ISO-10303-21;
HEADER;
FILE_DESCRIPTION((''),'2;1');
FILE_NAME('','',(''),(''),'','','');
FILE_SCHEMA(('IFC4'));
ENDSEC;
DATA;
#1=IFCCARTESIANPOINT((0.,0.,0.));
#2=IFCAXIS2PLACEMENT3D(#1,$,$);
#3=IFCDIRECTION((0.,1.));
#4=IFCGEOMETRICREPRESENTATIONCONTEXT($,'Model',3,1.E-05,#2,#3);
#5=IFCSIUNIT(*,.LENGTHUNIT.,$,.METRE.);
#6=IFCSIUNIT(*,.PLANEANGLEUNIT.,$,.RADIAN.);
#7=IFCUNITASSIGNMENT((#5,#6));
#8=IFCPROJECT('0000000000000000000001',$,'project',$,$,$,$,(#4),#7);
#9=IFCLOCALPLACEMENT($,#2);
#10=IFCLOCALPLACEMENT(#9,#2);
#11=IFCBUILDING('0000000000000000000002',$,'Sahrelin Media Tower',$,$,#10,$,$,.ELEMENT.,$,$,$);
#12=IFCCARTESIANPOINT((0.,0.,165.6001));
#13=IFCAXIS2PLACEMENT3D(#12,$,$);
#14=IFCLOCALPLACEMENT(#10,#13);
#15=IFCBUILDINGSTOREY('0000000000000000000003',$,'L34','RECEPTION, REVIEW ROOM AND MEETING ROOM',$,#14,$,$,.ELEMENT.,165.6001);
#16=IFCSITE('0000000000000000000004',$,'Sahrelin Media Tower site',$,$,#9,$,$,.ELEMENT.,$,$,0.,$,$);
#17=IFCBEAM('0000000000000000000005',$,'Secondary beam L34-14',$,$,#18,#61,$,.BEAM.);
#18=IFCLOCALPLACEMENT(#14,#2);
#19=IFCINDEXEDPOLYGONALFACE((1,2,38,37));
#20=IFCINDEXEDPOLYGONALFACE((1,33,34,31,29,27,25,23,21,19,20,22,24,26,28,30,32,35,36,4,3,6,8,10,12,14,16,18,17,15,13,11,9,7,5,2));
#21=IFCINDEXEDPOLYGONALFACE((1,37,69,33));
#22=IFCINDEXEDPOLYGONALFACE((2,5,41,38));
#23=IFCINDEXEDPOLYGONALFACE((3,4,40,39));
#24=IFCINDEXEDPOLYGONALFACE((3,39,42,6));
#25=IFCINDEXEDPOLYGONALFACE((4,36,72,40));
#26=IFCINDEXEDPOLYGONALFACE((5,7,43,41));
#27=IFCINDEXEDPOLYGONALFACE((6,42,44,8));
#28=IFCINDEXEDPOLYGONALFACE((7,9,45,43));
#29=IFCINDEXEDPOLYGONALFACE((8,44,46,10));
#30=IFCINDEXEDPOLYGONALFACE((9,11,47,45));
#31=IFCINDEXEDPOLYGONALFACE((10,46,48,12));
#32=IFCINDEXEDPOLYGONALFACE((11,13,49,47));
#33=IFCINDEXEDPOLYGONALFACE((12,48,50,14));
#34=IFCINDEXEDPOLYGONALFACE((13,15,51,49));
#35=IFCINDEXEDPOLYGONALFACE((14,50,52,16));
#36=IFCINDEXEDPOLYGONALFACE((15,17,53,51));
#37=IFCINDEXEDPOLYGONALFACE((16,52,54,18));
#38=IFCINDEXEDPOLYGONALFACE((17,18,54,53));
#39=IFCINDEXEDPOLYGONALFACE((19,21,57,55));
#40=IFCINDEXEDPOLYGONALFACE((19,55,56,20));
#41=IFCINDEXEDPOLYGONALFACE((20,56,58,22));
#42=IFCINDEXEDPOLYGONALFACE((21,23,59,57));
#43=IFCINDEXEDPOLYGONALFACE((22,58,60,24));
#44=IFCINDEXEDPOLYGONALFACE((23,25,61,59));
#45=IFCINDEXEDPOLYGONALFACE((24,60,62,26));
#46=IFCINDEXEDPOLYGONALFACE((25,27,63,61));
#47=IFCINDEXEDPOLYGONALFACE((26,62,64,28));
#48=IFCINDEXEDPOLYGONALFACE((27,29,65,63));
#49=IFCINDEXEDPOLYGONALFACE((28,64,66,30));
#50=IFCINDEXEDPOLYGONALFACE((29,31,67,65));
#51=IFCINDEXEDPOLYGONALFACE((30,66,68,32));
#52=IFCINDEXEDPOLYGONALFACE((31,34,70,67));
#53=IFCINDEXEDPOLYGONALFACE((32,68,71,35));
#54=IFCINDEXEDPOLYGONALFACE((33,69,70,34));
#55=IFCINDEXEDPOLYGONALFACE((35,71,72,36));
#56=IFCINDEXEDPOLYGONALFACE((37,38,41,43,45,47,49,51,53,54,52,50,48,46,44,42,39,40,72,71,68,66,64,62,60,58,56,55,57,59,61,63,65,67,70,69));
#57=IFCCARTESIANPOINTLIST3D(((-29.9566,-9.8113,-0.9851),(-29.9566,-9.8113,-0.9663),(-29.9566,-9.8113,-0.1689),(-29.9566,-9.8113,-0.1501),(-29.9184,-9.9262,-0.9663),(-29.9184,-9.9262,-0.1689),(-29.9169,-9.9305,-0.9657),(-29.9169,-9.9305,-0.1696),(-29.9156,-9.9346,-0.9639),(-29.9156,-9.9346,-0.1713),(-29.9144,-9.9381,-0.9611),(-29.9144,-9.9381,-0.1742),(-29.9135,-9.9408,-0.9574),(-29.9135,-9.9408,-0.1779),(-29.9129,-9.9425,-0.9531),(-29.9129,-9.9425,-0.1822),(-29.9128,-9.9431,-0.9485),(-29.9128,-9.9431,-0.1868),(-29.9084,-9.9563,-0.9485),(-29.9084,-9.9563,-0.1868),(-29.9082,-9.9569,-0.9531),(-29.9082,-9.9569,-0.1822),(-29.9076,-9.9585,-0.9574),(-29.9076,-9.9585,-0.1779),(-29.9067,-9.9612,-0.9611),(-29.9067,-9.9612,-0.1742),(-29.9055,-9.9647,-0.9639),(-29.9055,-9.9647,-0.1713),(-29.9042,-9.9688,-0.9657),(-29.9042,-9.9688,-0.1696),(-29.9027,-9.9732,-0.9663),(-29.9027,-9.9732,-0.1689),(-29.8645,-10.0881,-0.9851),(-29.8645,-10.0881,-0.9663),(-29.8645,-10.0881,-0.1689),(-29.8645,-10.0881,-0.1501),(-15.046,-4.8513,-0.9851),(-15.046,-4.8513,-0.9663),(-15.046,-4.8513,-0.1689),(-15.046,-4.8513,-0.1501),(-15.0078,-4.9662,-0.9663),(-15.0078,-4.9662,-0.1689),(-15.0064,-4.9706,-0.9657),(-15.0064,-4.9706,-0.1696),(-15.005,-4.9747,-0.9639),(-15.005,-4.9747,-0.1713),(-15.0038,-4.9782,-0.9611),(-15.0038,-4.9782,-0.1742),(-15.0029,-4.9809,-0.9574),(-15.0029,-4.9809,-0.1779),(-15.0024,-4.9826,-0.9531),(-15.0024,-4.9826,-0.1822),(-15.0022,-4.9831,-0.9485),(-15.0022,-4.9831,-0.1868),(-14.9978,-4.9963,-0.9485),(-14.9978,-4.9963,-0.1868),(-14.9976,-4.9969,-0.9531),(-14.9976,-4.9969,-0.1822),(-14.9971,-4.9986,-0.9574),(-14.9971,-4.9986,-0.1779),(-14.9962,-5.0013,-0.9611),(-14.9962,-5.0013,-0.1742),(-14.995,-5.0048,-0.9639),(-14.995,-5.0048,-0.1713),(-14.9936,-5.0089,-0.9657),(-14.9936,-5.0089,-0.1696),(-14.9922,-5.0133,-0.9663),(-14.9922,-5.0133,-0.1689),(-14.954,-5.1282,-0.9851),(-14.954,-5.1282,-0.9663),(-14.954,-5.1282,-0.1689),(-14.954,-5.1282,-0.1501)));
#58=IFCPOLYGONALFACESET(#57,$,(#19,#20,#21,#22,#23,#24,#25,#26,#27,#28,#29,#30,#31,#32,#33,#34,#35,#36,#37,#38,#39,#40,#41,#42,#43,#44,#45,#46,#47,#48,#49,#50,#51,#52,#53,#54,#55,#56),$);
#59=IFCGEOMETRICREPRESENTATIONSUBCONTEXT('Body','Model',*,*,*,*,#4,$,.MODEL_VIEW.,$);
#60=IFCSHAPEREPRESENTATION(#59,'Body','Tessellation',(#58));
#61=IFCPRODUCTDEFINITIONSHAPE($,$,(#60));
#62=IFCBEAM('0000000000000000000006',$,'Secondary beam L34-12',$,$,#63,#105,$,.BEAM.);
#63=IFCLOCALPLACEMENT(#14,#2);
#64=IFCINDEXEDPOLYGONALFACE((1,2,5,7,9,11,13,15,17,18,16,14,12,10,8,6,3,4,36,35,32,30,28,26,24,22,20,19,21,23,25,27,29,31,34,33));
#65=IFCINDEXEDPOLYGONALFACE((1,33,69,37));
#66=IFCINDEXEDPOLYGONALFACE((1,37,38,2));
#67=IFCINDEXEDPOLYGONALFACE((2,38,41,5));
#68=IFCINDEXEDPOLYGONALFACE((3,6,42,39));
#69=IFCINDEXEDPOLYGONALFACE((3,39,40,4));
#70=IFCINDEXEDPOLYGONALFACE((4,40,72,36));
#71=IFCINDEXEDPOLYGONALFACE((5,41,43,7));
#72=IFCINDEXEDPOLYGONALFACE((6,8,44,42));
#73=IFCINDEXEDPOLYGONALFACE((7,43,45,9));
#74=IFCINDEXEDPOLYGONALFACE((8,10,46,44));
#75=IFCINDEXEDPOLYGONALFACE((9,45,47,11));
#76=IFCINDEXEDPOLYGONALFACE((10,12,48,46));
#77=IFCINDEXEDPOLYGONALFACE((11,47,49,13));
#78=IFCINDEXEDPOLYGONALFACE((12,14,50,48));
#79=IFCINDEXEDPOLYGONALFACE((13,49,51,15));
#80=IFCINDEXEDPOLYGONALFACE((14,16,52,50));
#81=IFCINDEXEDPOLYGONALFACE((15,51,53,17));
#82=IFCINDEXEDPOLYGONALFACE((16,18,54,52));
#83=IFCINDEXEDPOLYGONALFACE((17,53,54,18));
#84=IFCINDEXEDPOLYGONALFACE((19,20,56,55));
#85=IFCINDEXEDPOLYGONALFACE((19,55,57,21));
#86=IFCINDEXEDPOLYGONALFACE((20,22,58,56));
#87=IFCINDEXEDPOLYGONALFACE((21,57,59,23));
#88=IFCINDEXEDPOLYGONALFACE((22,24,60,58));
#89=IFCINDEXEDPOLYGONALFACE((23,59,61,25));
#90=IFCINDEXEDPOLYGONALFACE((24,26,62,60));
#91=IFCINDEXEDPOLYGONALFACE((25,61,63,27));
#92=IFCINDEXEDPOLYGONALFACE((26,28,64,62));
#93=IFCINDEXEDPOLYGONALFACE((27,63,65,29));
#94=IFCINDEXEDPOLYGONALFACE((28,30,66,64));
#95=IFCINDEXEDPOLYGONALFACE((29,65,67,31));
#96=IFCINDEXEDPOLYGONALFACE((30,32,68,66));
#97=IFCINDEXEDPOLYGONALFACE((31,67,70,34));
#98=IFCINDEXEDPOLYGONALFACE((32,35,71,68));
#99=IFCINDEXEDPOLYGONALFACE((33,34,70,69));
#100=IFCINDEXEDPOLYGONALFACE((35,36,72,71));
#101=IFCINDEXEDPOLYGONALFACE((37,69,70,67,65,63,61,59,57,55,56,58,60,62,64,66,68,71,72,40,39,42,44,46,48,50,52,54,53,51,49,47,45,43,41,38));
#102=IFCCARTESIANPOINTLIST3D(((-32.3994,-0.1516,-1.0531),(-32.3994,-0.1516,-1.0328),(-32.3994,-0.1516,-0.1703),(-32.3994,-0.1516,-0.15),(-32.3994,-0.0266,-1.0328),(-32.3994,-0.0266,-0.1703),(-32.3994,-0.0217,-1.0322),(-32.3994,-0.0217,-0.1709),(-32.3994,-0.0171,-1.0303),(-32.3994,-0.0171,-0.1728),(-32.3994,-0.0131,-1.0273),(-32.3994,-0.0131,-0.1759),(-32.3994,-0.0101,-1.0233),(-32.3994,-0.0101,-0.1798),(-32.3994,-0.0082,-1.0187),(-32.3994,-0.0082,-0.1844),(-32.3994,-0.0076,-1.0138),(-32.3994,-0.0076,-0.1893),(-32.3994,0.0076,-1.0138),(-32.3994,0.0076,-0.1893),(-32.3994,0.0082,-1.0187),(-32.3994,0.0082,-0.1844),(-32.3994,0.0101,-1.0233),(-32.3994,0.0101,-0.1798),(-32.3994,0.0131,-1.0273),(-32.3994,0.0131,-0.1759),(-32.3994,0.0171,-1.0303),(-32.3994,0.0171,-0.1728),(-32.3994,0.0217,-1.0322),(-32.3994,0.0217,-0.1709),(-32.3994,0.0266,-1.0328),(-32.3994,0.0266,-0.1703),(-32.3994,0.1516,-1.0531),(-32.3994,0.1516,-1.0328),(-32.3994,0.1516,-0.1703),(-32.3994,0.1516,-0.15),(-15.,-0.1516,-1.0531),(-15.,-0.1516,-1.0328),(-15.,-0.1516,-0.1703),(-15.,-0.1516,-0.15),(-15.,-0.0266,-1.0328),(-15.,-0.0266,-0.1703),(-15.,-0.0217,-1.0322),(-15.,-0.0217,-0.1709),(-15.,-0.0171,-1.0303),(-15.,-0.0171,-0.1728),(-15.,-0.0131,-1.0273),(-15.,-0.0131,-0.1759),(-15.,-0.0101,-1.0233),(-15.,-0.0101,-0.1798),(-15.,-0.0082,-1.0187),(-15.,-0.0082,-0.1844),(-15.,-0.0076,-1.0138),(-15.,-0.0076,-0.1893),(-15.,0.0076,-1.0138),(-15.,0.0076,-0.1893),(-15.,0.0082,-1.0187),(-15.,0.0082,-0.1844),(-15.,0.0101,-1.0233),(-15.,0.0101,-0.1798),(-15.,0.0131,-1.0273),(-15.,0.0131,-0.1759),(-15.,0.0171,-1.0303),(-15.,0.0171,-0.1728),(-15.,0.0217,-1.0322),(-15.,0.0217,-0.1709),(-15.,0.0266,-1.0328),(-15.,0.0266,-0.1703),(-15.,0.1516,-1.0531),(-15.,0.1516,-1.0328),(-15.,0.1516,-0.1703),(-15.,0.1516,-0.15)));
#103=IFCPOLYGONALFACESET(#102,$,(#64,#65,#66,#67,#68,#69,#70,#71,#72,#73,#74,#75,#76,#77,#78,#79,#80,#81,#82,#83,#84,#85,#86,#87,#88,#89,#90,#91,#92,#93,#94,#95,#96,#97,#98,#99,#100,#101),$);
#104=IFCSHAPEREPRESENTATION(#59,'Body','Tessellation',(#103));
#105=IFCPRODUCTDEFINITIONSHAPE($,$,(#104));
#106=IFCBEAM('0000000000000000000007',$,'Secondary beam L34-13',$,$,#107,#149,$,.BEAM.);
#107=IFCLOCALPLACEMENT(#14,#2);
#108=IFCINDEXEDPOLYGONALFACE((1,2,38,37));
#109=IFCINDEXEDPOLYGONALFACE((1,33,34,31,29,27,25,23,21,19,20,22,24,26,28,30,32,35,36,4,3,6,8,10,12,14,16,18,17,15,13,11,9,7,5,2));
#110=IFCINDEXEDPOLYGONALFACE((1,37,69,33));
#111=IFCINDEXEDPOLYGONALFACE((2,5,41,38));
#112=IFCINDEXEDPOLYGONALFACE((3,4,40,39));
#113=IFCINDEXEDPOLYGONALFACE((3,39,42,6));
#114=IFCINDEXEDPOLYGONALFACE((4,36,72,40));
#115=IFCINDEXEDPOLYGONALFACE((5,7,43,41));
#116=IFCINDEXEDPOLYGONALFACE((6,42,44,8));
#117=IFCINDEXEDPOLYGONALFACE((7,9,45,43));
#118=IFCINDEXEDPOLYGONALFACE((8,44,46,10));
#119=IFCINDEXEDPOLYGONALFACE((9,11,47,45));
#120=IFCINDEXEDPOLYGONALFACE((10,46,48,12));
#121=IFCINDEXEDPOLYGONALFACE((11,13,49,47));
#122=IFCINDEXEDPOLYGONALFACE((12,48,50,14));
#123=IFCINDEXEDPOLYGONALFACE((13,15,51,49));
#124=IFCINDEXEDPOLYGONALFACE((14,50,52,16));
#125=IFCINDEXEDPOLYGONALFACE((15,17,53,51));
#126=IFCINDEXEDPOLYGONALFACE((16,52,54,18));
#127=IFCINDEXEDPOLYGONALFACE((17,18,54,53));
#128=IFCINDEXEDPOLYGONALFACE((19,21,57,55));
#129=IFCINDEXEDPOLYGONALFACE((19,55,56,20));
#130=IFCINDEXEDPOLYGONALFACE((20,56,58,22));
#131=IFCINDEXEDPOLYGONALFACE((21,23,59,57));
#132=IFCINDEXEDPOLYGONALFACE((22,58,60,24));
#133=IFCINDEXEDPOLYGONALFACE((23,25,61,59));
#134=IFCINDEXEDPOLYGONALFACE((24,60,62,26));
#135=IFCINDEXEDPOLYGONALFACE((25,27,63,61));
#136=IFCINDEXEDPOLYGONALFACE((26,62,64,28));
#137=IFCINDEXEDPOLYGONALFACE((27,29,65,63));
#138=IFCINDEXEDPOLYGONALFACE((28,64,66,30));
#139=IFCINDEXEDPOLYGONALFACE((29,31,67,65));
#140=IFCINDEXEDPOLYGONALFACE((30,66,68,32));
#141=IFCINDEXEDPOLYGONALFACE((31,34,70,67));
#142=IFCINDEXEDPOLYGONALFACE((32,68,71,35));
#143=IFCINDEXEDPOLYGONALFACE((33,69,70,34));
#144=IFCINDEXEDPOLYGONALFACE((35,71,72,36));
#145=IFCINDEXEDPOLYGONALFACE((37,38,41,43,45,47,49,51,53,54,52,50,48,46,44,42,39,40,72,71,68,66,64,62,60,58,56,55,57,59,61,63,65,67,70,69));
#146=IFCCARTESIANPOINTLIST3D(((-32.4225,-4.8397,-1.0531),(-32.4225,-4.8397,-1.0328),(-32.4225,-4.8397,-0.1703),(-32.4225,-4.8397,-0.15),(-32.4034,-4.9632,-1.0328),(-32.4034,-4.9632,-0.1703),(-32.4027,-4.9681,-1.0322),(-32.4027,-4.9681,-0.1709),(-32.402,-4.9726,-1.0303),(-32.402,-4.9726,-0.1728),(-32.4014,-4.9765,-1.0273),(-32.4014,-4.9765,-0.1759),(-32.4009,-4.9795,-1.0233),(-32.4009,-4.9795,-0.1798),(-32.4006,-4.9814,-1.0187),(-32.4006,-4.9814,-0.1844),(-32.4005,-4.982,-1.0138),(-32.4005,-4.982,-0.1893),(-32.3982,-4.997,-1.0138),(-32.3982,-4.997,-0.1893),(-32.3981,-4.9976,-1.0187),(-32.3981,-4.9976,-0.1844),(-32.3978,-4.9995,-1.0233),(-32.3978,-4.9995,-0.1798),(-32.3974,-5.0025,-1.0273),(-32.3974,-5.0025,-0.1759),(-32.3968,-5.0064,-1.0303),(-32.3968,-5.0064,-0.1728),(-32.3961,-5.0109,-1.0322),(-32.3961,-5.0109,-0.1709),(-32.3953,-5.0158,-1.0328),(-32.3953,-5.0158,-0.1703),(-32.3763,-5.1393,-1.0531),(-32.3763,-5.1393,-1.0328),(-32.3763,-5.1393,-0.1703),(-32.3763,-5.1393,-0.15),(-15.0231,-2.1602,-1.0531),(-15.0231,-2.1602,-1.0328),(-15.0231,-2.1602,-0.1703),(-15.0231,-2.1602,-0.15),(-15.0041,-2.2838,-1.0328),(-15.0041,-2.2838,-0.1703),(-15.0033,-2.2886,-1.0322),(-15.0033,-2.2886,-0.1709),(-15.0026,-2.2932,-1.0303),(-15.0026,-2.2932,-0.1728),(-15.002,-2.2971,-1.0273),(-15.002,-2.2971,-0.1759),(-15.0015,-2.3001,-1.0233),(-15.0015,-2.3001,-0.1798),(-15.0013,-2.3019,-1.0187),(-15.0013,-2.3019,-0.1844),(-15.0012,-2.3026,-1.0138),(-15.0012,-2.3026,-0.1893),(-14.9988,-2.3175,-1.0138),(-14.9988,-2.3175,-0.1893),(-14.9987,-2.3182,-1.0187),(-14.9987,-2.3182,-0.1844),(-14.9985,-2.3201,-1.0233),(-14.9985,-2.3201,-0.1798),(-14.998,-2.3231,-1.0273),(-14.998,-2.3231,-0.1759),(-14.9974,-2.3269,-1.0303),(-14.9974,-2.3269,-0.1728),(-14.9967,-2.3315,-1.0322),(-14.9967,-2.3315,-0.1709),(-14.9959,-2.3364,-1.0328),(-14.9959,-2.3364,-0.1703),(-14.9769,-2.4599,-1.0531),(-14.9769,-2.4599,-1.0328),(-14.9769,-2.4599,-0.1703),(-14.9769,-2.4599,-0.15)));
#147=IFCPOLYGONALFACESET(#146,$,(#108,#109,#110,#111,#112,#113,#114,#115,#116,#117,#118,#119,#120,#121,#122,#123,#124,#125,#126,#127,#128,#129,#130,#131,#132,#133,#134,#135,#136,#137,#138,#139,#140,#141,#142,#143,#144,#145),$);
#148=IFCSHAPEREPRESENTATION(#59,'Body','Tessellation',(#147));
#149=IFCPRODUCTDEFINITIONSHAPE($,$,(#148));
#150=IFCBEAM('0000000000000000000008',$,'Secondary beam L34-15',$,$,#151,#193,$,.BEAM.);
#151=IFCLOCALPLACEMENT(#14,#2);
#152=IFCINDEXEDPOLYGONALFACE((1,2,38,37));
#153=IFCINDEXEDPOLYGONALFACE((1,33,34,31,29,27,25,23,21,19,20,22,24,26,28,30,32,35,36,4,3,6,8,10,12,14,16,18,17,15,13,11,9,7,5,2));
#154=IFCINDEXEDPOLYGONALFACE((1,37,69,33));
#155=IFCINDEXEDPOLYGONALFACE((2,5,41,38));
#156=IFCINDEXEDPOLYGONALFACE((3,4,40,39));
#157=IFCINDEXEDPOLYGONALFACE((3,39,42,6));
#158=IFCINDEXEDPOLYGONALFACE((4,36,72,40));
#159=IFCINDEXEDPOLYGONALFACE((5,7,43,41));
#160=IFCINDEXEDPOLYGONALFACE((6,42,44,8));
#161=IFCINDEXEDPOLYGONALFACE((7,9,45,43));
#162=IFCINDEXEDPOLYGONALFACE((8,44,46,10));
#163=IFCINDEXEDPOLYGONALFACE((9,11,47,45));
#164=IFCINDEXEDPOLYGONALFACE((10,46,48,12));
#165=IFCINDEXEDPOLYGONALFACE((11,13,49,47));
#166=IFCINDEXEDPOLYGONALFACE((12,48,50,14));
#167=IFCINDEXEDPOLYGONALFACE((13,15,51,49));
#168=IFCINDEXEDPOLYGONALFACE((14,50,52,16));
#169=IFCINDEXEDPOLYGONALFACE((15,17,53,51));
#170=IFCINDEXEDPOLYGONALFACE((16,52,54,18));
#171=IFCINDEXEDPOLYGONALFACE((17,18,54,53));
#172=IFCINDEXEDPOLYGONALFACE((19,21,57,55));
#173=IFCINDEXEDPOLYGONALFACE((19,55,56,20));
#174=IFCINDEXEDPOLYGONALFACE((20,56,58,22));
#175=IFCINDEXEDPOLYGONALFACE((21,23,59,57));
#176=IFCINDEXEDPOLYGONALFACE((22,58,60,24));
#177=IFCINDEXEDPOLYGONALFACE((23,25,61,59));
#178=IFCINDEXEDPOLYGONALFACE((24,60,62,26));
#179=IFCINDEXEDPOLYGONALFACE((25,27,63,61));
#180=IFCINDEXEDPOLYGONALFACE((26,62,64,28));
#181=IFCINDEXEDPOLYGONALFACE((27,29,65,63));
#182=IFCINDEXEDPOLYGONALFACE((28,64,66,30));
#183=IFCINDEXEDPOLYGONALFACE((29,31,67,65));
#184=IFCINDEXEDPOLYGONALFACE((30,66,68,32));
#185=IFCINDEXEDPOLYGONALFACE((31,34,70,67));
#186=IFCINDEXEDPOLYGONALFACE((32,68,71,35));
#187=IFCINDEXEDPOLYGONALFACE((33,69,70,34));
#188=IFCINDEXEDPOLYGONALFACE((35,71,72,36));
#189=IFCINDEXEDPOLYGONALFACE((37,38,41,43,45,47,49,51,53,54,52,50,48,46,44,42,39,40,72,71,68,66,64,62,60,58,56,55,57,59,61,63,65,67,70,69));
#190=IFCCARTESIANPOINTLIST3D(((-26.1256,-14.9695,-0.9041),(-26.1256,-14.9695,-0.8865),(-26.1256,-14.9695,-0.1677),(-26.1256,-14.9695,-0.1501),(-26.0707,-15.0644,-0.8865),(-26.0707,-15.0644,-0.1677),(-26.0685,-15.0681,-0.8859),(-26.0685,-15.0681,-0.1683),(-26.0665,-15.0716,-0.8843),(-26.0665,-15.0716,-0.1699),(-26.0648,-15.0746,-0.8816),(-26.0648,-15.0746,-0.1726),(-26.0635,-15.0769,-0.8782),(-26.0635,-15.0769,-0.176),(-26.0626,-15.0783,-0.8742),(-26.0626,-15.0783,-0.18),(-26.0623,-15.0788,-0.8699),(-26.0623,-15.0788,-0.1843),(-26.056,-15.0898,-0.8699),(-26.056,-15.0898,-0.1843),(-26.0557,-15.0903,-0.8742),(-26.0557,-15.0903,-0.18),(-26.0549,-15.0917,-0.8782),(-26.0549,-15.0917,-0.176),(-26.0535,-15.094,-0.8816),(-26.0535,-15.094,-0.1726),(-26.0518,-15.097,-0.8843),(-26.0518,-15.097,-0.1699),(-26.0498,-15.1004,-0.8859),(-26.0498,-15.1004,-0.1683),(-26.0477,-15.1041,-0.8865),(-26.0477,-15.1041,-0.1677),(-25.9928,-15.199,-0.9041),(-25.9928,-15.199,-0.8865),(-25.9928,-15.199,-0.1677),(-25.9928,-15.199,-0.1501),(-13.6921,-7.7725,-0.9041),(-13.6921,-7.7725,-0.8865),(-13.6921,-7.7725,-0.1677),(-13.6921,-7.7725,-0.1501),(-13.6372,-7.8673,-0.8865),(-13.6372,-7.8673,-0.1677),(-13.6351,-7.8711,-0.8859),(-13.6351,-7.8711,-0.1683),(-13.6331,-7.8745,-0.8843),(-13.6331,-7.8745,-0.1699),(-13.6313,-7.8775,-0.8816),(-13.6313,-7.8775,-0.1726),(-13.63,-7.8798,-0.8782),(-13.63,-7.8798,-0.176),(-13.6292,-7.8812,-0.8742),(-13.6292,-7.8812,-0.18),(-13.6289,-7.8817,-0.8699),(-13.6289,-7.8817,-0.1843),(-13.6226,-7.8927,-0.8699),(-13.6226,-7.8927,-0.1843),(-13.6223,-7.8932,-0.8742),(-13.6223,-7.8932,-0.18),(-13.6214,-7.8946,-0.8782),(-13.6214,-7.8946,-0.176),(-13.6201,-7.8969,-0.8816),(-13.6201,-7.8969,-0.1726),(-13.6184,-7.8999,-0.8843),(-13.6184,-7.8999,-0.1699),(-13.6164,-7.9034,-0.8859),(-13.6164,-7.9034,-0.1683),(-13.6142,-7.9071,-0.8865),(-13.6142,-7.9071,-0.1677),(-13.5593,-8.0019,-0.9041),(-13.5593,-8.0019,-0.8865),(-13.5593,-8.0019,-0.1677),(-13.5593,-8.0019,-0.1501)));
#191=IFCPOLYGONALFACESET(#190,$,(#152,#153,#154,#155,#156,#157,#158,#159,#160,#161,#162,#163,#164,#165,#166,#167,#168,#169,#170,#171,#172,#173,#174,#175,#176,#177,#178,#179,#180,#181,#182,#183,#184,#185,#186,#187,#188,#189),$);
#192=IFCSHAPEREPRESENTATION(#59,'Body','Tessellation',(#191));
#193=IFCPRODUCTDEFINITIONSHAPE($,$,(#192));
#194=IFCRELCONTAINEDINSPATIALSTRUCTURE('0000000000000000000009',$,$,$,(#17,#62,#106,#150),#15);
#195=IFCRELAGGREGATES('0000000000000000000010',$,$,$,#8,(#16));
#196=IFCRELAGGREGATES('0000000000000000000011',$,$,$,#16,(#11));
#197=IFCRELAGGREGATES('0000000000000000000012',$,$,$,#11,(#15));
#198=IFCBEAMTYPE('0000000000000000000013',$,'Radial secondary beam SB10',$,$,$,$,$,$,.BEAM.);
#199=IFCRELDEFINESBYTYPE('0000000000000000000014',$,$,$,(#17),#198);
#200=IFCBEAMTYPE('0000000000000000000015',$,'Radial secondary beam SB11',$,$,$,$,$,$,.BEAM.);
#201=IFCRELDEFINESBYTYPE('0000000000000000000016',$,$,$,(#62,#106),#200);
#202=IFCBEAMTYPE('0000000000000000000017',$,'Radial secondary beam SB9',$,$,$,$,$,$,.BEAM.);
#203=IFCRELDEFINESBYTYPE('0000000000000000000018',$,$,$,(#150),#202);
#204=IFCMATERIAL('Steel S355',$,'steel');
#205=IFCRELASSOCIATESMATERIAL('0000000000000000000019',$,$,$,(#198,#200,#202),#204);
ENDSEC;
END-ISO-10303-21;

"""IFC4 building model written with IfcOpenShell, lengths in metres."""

from ifc_helpers import new_model, si_unit, direction, frame, origin, origin_2d, place, context, subcontext, project, spatial, i_section, extrude, material, material_profile, profile_set, type_object, element, save


model = new_model("IFC4")

# Units and contexts
model_context = context("Model", 3, precision=1e-05, world=origin(), true_north=direction((0.0, 1.0)))
body_context = subcontext(model_context, "Body", "Model", "MODEL_VIEW")
ifc_project = project(units=[si_unit("LENGTHUNIT", "METRE"), si_unit("PLANEANGLEUNIT", "RADIAN")], contexts=[model_context])

# Site, building, storey
site_placement = place(None, origin())
site = spatial("IfcSite", under=ifc_project, at=site_placement, Name="Sahrelin Media Tower site", CompositionType="ELEMENT", RefElevation=0.0)
building_placement = place(site_placement, origin())
building = spatial("IfcBuilding", under=site, at=building_placement, Name="Sahrelin Media Tower", CompositionType="ELEMENT")
storey_placement = place(building_placement, frame((0.0, 0.0, 165.6001)))
storey = spatial("IfcBuildingStorey", under=building, at=storey_placement, Name="L34", Description="RECEPTION, REVIEW ROOM AND MEETING ROOM", CompositionType="ELEMENT", Elevation=165.6001)

# Beams
ifc_material_1 = material(Name="Steel S355", Category="steel")
ifc_material_profile_1 = material_profile(ifc_material_1, i_section(OverallWidth=0.2917, OverallDepth=0.835, WebThickness=0.0139, FlangeThickness=0.0188, FilletRadius=0.0178, at=origin_2d()), Name="UB 838x292x176")
ifc_profile_set_1 = profile_set([ifc_material_profile_1], Name="Steel S355")
beam_type_1 = type_object("IfcBeamType", Name="Radial secondary beam SB10", PredefinedType="BEAM", material=ifc_profile_set_1)
beam_1_placement = place(storey_placement, frame((-15.0, -4.9897, -0.5676), z_axis=(-0.948879, -0.31564, 0.0), x_axis=(0.31564, -0.948879, 0.0)))
element("IfcBeam", 1, at=beam_1_placement, inside=storey, type_object=beam_type_1, Name="Secondary beam L34-14", PredefinedType="BEAM", context=body_context, shape_type="SweptSolid", body=[
    extrude(i_section(OverallWidth=0.2917, OverallDepth=0.835, WebThickness=0.0139, FlangeThickness=0.0188, FilletRadius=0.0178, at=origin_2d()), origin(), (0.0, 0.0, 1.0), 15.7139),
])
ifc_material_profile_2 = material_profile(ifc_material_1, i_section(OverallWidth=0.3032, OverallDepth=0.9031, WebThickness=0.0151, FlangeThickness=0.0203, FilletRadius=0.019, at=origin_2d()), Name="UB 914x305x201")
ifc_profile_set_2 = profile_set([ifc_material_profile_2], Name="Steel S355")
beam_type_2 = type_object("IfcBeamType", Name="Radial secondary beam SB11", PredefinedType="BEAM", material=ifc_profile_set_2)
beam_2_placement = place(storey_placement, frame((-15.0, 0.0, -0.6016), z_axis=(-1.0, 0.0, 0.0), x_axis=(0.0, -1.0, 0.0)))
element("IfcBeam", 2, at=beam_2_placement, inside=storey, type_object=beam_type_2, Name="Secondary beam L34-12", PredefinedType="BEAM", context=body_context, shape_type="SweptSolid", body=[
    extrude(i_section(OverallWidth=0.3032, OverallDepth=0.9031, WebThickness=0.0151, FlangeThickness=0.0203, FilletRadius=0.019, at=origin_2d()), origin(), (0.0, 0.0, 1.0), 17.3994),
])
beam_3_placement = place(storey_placement, frame((-15.0, -2.3101, -0.6016), z_axis=(-0.988349, -0.152202, 0.0), x_axis=(0.152202, -0.988349, 0.0)))
element("IfcBeam", 3, at=beam_3_placement, inside=storey, type_object=beam_type_2, Name="Secondary beam L34-13", PredefinedType="BEAM", context=body_context, shape_type="SweptSolid", body=[
    extrude(i_section(OverallWidth=0.3032, OverallDepth=0.9031, WebThickness=0.0151, FlangeThickness=0.0203, FilletRadius=0.019, at=origin_2d()), origin(), (0.0, 0.0, 1.0), 17.6045),
])
ifc_material_profile_3 = material_profile(ifc_material_1, i_section(OverallWidth=0.2651, OverallDepth=0.7539, WebThickness=0.0127, FlangeThickness=0.0176, FilletRadius=0.0166, at=origin_2d()), Name="UB 762x267x147")
ifc_profile_set_3 = profile_set([ifc_material_profile_3], Name="Steel S355")
beam_type_3 = type_object("IfcBeamType", Name="Radial secondary beam SB9", PredefinedType="BEAM", material=ifc_profile_set_3)
beam_4_placement = place(storey_placement, frame((-13.6257, -7.8872, -0.5271), z_axis=(-0.865464, -0.500972, 0.0), x_axis=(0.500972, -0.865464, 0.0)))
element("IfcBeam", 4, at=beam_4_placement, inside=storey, type_object=beam_type_3, Name="Secondary beam L34-15", PredefinedType="BEAM", context=body_context, shape_type="SweptSolid", body=[
    extrude(i_section(OverallWidth=0.2651, OverallDepth=0.7539, WebThickness=0.0127, FlangeThickness=0.0176, FilletRadius=0.0166, at=origin_2d()), origin(), (0.0, 0.0, 1.0), 14.3662),
])

save(model, "model.ifc")
